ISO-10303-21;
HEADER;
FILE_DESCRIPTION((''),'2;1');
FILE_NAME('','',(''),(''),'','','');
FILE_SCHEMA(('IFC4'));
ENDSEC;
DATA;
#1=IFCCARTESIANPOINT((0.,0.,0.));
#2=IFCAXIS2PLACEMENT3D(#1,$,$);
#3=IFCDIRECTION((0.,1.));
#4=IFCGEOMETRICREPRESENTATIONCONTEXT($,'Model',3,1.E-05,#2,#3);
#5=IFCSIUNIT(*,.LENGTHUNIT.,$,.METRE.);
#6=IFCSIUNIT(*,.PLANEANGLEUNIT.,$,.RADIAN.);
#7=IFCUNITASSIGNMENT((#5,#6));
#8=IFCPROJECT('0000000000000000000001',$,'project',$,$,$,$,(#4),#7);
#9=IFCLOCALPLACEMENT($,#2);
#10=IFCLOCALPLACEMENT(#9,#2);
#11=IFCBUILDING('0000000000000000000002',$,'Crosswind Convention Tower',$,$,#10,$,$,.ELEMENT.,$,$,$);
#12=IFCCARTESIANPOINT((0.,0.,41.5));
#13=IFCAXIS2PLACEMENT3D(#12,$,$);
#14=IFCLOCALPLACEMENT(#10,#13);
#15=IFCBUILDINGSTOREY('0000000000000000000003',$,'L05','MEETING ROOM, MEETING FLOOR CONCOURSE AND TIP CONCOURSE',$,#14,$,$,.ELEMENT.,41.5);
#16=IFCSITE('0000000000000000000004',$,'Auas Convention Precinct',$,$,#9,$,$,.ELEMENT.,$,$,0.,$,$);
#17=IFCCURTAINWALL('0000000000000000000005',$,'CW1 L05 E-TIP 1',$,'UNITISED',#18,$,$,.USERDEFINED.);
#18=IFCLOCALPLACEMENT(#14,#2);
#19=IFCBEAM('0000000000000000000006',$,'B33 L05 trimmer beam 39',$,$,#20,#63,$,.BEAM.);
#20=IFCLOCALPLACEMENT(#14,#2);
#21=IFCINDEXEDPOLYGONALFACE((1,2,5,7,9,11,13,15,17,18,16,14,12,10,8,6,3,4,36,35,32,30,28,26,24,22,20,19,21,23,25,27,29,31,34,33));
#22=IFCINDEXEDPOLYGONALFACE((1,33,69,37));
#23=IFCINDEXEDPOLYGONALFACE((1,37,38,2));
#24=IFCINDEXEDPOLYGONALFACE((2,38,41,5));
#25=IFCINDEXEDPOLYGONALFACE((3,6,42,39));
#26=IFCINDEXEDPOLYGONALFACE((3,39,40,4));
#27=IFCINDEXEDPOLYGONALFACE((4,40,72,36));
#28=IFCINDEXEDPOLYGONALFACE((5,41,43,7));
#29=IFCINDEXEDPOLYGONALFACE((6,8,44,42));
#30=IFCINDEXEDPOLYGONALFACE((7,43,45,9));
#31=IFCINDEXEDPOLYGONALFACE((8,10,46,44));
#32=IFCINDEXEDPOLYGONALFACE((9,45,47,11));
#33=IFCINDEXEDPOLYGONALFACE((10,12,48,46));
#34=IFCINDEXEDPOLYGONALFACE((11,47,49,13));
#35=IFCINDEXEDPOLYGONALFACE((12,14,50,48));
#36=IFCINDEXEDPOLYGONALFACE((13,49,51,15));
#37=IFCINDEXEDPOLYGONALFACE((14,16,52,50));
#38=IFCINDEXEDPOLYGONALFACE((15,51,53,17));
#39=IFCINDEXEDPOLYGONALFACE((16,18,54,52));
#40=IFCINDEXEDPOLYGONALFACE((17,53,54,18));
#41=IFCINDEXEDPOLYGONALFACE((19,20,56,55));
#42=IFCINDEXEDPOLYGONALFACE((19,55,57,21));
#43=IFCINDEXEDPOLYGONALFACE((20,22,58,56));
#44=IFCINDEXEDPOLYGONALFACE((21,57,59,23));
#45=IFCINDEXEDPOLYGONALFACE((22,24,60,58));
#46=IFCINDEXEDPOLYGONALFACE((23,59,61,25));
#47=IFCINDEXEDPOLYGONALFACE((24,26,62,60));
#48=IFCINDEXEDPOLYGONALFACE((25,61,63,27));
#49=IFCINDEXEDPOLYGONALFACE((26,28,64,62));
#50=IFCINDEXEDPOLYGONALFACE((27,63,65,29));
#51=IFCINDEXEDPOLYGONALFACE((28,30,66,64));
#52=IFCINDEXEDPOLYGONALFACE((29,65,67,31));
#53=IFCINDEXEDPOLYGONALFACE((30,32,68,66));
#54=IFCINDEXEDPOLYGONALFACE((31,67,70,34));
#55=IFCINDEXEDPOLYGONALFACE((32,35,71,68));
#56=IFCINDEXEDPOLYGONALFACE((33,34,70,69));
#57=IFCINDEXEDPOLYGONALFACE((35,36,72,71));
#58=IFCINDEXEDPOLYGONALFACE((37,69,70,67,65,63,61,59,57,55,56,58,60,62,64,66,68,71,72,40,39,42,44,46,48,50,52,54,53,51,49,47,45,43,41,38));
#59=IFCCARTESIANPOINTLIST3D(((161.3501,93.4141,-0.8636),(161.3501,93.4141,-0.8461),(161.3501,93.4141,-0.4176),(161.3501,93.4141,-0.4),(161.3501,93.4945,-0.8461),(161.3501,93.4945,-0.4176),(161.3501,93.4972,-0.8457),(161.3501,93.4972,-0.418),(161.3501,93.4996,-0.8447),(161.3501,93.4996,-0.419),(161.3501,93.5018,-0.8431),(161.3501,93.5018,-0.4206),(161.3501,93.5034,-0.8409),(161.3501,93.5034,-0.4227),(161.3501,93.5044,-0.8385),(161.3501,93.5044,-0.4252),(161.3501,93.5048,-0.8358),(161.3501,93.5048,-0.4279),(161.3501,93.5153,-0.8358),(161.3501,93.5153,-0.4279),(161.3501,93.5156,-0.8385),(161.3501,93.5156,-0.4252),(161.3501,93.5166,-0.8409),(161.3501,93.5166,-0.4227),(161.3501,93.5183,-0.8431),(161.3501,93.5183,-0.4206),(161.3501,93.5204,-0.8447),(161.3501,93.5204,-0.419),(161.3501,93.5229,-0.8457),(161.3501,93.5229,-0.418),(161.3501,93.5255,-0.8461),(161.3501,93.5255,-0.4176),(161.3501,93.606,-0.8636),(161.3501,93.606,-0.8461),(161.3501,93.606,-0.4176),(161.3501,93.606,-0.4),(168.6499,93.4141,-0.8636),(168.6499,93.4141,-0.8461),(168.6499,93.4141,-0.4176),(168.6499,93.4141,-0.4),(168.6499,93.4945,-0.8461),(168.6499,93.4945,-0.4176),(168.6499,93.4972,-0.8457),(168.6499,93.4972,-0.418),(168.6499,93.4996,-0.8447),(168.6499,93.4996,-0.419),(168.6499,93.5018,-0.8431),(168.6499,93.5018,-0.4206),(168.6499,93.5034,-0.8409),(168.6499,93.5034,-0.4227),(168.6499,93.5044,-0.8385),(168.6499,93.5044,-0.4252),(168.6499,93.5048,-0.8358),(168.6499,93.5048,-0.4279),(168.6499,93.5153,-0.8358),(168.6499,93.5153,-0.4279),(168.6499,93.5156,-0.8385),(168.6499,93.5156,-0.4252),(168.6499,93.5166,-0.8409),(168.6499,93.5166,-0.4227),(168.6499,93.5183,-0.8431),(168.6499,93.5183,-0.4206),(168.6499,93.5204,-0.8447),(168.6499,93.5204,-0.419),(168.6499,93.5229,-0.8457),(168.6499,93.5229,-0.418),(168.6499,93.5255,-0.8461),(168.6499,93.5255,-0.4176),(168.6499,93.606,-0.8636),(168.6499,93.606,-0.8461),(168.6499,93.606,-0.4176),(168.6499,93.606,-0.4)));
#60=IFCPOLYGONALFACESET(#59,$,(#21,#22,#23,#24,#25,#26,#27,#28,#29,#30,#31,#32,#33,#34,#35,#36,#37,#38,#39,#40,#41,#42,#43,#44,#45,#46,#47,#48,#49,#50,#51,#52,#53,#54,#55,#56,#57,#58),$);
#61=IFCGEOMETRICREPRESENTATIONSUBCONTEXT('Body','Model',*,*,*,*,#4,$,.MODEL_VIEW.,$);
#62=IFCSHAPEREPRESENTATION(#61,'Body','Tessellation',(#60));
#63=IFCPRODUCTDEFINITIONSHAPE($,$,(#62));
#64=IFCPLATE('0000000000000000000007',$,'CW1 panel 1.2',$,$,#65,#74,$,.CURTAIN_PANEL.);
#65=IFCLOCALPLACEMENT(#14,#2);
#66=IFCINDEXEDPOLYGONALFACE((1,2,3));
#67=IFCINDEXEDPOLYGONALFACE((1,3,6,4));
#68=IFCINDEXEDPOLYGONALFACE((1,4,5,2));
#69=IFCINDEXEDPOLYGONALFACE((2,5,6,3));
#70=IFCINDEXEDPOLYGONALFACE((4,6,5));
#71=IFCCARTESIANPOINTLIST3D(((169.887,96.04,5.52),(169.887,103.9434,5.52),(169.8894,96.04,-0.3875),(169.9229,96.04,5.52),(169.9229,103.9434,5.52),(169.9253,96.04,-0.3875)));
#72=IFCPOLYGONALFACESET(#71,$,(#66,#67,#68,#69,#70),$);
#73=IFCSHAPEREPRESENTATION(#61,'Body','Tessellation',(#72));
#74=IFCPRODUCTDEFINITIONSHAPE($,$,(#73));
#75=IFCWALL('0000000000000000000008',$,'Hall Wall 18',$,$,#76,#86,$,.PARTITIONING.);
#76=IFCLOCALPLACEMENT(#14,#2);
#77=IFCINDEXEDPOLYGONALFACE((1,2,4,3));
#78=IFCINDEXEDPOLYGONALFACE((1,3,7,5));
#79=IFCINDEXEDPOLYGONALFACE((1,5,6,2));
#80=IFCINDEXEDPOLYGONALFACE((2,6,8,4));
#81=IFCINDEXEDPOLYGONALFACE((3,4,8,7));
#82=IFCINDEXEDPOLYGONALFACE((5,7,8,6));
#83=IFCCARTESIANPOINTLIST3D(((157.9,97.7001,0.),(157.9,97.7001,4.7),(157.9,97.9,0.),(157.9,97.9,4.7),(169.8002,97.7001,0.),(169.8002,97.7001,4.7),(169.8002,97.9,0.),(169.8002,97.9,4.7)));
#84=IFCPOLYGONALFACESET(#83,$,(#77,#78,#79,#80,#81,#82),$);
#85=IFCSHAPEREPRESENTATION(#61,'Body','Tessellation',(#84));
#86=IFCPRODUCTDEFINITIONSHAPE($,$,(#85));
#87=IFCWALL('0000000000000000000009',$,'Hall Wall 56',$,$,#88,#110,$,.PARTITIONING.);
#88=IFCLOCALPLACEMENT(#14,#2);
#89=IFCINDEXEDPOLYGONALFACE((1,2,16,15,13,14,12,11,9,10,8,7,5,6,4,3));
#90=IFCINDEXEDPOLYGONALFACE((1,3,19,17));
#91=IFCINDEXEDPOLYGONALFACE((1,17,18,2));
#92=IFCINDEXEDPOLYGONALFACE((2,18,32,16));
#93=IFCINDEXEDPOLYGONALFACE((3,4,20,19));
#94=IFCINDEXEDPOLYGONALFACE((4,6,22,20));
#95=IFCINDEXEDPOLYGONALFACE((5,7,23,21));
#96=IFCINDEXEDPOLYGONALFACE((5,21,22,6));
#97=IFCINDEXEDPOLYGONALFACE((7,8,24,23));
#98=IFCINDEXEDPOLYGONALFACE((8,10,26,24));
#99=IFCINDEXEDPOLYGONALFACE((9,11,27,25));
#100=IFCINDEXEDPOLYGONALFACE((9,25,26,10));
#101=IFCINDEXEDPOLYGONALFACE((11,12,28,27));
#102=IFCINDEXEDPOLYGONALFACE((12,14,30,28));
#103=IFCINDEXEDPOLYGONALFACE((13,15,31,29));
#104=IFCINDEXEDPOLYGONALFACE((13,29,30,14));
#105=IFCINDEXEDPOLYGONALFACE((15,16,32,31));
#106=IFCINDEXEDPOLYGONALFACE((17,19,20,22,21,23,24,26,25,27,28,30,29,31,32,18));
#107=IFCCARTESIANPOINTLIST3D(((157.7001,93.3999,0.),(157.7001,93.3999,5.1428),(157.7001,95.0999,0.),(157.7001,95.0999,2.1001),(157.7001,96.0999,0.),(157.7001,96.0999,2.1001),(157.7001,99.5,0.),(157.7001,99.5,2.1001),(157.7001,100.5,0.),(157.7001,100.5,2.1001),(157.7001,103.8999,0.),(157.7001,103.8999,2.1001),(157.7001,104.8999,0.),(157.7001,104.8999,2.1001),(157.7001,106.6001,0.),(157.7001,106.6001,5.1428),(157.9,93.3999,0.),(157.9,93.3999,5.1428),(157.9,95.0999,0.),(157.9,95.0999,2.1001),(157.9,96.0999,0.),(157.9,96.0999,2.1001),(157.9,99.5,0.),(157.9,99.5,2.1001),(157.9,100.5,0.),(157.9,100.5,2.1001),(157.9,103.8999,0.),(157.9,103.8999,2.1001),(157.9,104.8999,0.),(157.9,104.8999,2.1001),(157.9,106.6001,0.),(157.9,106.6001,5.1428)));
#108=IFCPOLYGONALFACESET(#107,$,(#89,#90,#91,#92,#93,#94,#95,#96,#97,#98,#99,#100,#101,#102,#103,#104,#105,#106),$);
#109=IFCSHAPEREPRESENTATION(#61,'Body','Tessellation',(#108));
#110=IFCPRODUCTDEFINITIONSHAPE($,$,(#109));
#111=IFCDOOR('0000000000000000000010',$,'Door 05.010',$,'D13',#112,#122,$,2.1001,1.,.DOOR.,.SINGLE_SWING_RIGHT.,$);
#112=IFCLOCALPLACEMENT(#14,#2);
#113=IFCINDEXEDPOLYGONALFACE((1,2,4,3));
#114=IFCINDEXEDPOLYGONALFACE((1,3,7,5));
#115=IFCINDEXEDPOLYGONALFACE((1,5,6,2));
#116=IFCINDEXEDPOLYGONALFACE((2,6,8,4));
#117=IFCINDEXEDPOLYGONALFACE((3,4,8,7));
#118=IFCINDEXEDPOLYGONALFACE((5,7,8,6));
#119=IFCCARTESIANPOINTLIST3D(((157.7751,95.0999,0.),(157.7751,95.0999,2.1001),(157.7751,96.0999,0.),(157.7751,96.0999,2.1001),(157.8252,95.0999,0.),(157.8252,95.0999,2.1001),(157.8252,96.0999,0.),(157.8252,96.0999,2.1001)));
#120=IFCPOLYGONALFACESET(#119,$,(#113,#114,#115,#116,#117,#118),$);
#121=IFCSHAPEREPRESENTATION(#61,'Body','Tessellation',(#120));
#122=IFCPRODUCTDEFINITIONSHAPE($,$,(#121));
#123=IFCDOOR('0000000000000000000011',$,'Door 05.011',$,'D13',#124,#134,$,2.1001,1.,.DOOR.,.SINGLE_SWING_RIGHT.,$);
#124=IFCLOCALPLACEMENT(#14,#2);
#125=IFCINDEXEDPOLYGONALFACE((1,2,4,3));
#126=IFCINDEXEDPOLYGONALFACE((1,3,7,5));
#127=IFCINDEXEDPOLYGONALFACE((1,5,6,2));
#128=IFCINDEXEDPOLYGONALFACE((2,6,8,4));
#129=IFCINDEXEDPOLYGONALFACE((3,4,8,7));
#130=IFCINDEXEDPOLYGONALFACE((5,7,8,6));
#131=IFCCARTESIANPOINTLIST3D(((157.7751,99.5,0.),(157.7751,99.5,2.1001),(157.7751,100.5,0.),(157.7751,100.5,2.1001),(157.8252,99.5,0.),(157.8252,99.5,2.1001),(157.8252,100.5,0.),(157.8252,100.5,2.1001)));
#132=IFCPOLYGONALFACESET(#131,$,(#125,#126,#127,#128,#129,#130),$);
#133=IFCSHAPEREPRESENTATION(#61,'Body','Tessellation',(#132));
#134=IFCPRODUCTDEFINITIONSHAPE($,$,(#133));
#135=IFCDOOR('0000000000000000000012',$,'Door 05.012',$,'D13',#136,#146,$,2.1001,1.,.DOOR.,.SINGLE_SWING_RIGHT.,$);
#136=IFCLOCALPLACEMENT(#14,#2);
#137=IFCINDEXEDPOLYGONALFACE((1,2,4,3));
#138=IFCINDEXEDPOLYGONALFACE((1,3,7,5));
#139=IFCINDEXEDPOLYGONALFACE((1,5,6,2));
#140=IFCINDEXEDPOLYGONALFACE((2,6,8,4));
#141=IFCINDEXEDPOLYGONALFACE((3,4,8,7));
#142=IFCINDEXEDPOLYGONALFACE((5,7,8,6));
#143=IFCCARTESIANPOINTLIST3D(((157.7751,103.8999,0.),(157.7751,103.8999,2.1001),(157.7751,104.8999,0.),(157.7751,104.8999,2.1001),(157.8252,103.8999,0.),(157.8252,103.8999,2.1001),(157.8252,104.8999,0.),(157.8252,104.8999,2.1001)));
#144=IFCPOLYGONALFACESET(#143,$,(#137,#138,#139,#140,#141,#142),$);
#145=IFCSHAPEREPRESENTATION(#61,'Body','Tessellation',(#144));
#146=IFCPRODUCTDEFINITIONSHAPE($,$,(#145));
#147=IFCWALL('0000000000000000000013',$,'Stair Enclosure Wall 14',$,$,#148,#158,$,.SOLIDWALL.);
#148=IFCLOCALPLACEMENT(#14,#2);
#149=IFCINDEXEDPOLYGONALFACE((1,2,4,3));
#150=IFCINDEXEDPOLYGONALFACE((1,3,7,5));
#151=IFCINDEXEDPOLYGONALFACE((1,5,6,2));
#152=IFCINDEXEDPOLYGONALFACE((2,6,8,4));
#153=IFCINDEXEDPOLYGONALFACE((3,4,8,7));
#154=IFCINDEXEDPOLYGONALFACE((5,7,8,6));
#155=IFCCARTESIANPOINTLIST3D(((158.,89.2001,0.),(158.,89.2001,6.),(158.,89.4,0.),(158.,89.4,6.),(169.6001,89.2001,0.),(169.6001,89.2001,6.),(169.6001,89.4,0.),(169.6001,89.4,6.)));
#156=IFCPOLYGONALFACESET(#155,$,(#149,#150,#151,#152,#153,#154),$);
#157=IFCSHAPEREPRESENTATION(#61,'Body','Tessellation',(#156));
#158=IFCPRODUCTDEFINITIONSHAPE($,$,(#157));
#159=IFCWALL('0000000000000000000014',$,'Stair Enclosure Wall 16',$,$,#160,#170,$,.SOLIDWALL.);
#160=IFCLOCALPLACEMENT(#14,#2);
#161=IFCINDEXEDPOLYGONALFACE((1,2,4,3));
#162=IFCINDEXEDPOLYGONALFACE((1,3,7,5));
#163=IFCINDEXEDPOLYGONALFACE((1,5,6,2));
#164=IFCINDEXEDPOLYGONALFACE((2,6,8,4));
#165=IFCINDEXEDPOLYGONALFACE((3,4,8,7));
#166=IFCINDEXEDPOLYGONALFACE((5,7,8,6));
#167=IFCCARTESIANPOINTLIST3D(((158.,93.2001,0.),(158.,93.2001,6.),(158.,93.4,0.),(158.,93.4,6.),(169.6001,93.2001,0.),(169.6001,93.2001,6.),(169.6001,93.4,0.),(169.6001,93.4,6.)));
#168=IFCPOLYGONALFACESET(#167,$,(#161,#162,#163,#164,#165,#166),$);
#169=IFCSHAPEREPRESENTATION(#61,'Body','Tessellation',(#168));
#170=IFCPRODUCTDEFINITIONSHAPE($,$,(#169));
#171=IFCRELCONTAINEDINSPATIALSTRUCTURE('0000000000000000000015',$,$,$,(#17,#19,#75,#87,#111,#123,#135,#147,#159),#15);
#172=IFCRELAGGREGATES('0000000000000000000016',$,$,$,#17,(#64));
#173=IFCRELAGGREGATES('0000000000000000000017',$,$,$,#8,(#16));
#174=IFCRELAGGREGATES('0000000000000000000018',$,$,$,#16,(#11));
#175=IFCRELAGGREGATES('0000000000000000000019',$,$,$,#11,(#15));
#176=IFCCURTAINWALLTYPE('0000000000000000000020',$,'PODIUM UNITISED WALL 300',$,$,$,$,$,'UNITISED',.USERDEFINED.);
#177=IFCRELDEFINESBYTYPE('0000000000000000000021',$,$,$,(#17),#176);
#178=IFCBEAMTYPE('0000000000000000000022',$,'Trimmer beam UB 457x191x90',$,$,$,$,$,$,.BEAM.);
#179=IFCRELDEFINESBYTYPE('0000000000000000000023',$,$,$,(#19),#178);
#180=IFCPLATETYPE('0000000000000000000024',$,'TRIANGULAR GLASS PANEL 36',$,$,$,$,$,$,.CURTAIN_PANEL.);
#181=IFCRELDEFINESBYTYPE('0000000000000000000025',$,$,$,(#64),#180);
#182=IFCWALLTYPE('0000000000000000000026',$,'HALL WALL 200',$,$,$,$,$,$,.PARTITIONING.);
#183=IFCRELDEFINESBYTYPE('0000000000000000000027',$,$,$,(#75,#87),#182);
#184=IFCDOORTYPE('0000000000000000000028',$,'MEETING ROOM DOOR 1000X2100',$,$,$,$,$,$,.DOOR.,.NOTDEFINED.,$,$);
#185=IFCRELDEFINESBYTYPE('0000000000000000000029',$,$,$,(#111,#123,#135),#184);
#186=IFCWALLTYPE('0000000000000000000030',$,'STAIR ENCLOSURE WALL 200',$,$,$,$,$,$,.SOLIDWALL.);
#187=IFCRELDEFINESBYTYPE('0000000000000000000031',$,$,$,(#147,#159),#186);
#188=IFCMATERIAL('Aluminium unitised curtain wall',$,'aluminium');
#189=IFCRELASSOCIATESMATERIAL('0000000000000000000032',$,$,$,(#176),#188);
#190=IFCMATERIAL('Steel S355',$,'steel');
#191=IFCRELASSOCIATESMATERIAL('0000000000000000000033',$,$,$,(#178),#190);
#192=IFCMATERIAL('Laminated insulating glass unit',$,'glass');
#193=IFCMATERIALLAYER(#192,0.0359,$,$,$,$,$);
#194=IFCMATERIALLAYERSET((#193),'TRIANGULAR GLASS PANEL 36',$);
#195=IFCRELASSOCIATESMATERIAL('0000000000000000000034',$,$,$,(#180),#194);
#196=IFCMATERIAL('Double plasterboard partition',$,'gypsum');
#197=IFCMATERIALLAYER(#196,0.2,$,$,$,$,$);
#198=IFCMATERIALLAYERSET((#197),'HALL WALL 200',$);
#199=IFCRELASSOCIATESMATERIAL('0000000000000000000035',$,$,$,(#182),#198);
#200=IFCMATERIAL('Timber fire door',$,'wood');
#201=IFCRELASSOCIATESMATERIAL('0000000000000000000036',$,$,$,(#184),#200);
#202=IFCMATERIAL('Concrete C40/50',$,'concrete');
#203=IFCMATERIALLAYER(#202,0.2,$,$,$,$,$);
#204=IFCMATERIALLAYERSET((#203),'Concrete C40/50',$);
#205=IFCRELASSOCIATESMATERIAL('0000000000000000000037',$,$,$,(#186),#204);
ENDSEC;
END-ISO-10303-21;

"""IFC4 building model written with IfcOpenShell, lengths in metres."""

from ifc_helpers import new_model, si_unit, direction, frame, frame_2d, origin, origin_2d, place, context, subcontext, project, spatial, polyline, rectangle, i_section, outline, extrude, material, layer, layer_set, material_profile, profile_set, type_object, element, fill, aggregate, save


model = new_model("IFC4")

# Units and contexts
model_context = context("Model", 3, precision=1e-05, world=origin(), true_north=direction((0.0, 1.0)))
body_context = subcontext(model_context, "Body", "Model", "MODEL_VIEW")
ifc_project = project(units=[si_unit("LENGTHUNIT", "METRE"), si_unit("PLANEANGLEUNIT", "RADIAN")], contexts=[model_context])

# Site, building, storey
site_placement = place(None, origin())
site = spatial("IfcSite", under=ifc_project, at=site_placement, Name="Auas Convention Precinct", CompositionType="ELEMENT", RefElevation=0.0)
building_placement = place(site_placement, origin())
building = spatial("IfcBuilding", under=site, at=building_placement, Name="Crosswind Convention Tower", CompositionType="ELEMENT")
storey_placement = place(building_placement, frame((0.0, 0.0, 41.5)))
storey = spatial("IfcBuildingStorey", under=building, at=storey_placement, Name="L05", Description="MEETING ROOM, MEETING FLOOR CONCOURSE AND TIP CONCOURSE", CompositionType="ELEMENT", Elevation=41.5)

# Curtain wall
ifc_material_1 = material(Name="Aluminium unitised curtain wall", Category="aluminium")
curtain_wall_type = type_object("IfcCurtainWallType", Name="PODIUM UNITISED WALL 300", ElementType="UNITISED", PredefinedType="USERDEFINED", material=ifc_material_1)
curtain_wall_placement = place(storey_placement, origin())
curtain_wall = element("IfcCurtainWall", 1, at=curtain_wall_placement, inside=storey, type_object=curtain_wall_type, Name="CW1 L05 E-TIP 1", ObjectType="UNITISED", PredefinedType="USERDEFINED")

# Shared definitions
ifc_material_2 = material(Name="Steel S355", Category="steel")

# Beam
ifc_material_profile_1 = material_profile(ifc_material_2, i_section(OverallWidth=0.1919, OverallDepth=0.4636, WebThickness=0.0105, FlangeThickness=0.0176, FilletRadius=0.0103, at=origin_2d()), Name="UB 457x191x90")
ifc_profile_set_1 = profile_set([ifc_material_profile_1], Name="Steel S355")
beam_type_1 = type_object("IfcBeamType", Name="Trimmer beam UB 457x191x90", PredefinedType="BEAM", material=ifc_profile_set_1)
beam_1_placement = place(storey_placement, frame((161.3501, 93.51, -0.6318), z_axis=(1.0, 0.0, 0.0), x_axis=(0.0, 1.0, 0.0)))
element("IfcBeam", 2, at=beam_1_placement, inside=storey, type_object=beam_type_1, Name="B33 L05 trimmer beam 39", PredefinedType="BEAM", context=body_context, shape_type="SweptSolid", body=[
    extrude(i_section(OverallWidth=0.1919, OverallDepth=0.4636, WebThickness=0.0105, FlangeThickness=0.0176, FilletRadius=0.0103, at=origin_2d()), origin(), (0.0, 0.0, 1.0), 7.2998),
])

# Plate
ifc_material_3 = material(Name="Laminated insulating glass unit", Category="glass")
ifc_layer_1 = layer(ifc_material_3, 0.0359)
ifc_layer_set_1 = layer_set([ifc_layer_1], Name="TRIANGULAR GLASS PANEL 36")
plate_type = type_object("IfcPlateType", Name="TRIANGULAR GLASS PANEL 36", PredefinedType="CURTAIN_PANEL", material=ifc_layer_set_1)
plate_placement = place(storey_placement, frame((169.9229, 96.04, 5.52), z_axis=(1.0, 0.0, 0.000413), x_axis=(0.000413, 0.0, -1.0)))
plate = element("IfcPlate", 3, at=plate_placement, type_object=plate_type, Name="CW1 panel 1.2", PredefinedType="CURTAIN_PANEL", context=body_context, shape_type="SweptSolid", body=[
    extrude(outline(polyline([(0.0, 0.0), (5.9075, 0.0), (0.0, 7.9033), (0.0, 0.0)])), origin(), (0.0, 0.0, -1.0), 0.0359),
])

# Wall
ifc_material_4 = material(Name="Double plasterboard partition", Category="gypsum")
ifc_layer_2 = layer(ifc_material_4, 0.2)
ifc_layer_set_2 = layer_set([ifc_layer_2], Name="HALL WALL 200")
wall_type_1 = type_object("IfcWallType", Name="HALL WALL 200", PredefinedType="PARTITIONING", material=ifc_layer_set_2)
wall_1_placement = place(storey_placement, frame((157.8999, 97.8, 0.0), z_axis=(0.0, 0.0, 1.0), x_axis=(1.0, 0.0, 0.0)))
element("IfcWall", 4, at=wall_1_placement, inside=storey, type_object=wall_type_1, Name="Hall Wall 18", PredefinedType="PARTITIONING", context=body_context, shape_type="SweptSolid", body=[
    extrude(rectangle(XDim=11.9001, YDim=0.2, at=frame_2d((5.9502, 0.0))), origin(), (0.0, 0.0, 1.0), 4.7),
])

# Wall, openings, doors
wall_2_placement = place(storey_placement, frame((157.8, 93.3999, 0.0), z_axis=(0.0, 0.0, 1.0), x_axis=(0.0, 1.0, 0.0)))
wall_2 = element("IfcWall", 5, at=wall_2_placement, inside=storey, type_object=wall_type_1, Name="Hall Wall 56", PredefinedType="PARTITIONING", context=body_context, shape_type="SweptSolid", body=[
    extrude(rectangle(XDim=13.2002, YDim=0.2, at=frame_2d((6.6001, 0.0))), origin(), (0.0, 0.0, 1.0), 5.1428),
])
opening_1_placement = place(wall_2_placement, frame((1.7, 0.0, 0.0)))
opening_1 = element("IfcOpeningElement", 6, at=opening_1_placement, cuts=wall_2, PredefinedType="OPENING", context=body_context, shape_type="SweptSolid", body=[
    extrude(rectangle(XDim=1.0, YDim=2.1001, at=frame_2d((0.5, 1.05))), frame((0.0, 0.1099, 0.0), z_axis=(0.0, -1.0, 0.0), x_axis=(1.0, 0.0, 0.0)), (0.0, 0.0, 1.0), 0.22),
])
opening_2_placement = place(wall_2_placement, frame((6.1001, 0.0, 0.0)))
opening_2 = element("IfcOpeningElement", 7, at=opening_2_placement, cuts=wall_2, PredefinedType="OPENING", context=body_context, shape_type="SweptSolid", body=[
    extrude(rectangle(XDim=1.0, YDim=2.1001, at=frame_2d((0.5, 1.05))), frame((0.0, 0.1099, 0.0), z_axis=(0.0, -1.0, 0.0), x_axis=(1.0, 0.0, 0.0)), (0.0, 0.0, 1.0), 0.22),
])
opening_3_placement = place(wall_2_placement, frame((10.5, 0.0, 0.0)))
opening_3 = element("IfcOpeningElement", 8, at=opening_3_placement, cuts=wall_2, PredefinedType="OPENING", context=body_context, shape_type="SweptSolid", body=[
    extrude(rectangle(XDim=1.0, YDim=2.1001, at=frame_2d((0.5, 1.05))), frame((0.0, 0.1099, 0.0), z_axis=(0.0, -1.0, 0.0), x_axis=(1.0, 0.0, 0.0)), (0.0, 0.0, 1.0), 0.22),
])
ifc_material_5 = material(Name="Timber fire door", Category="wood")
door_type_1 = type_object("IfcDoorType", Name="MEETING ROOM DOOR 1000X2100", OperationType="NOTDEFINED", PredefinedType="DOOR", material=ifc_material_5)
door_1_placement = place(opening_1_placement, origin())
door_1 = element("IfcDoor", 9, at=door_1_placement, inside=storey, type_object=door_type_1, Name="Door 05.010", ObjectType="D13", OperationType="SINGLE_SWING_RIGHT", OverallHeight=2.1001, OverallWidth=1.0, PredefinedType="DOOR", context=body_context, shape_type="SweptSolid", body=[
    extrude(rectangle(XDim=1.0, YDim=2.1001, at=frame_2d((0.5, 1.05))), frame((0.0, 0.0249, 0.0), z_axis=(0.0, -1.0, 0.0), x_axis=(1.0, 0.0, 0.0)), (0.0, 0.0, 1.0), 0.05),
])
fill(opening_1, door_1)
door_2_placement = place(opening_2_placement, origin())
door_2 = element("IfcDoor", 10, at=door_2_placement, inside=storey, type_object=door_type_1, Name="Door 05.011", ObjectType="D13", OperationType="SINGLE_SWING_RIGHT", OverallHeight=2.1001, OverallWidth=1.0, PredefinedType="DOOR", context=body_context, shape_type="SweptSolid", body=[
    extrude(rectangle(XDim=1.0, YDim=2.1001, at=frame_2d((0.5, 1.05))), frame((0.0, 0.0249, 0.0), z_axis=(0.0, -1.0, 0.0), x_axis=(1.0, 0.0, 0.0)), (0.0, 0.0, 1.0), 0.05),
])
fill(opening_2, door_2)
door_3_placement = place(opening_3_placement, origin())
door_3 = element("IfcDoor", 11, at=door_3_placement, inside=storey, type_object=door_type_1, Name="Door 05.012", ObjectType="D13", OperationType="SINGLE_SWING_RIGHT", OverallHeight=2.1001, OverallWidth=1.0, PredefinedType="DOOR", context=body_context, shape_type="SweptSolid", body=[
    extrude(rectangle(XDim=1.0, YDim=2.1001, at=frame_2d((0.5, 1.05))), frame((0.0, 0.0249, 0.0), z_axis=(0.0, -1.0, 0.0), x_axis=(1.0, 0.0, 0.0)), (0.0, 0.0, 1.0), 0.05),
])
fill(opening_3, door_3)

# Walls
ifc_material_6 = material(Name="Concrete C40/50", Category="concrete")
ifc_layer_3 = layer(ifc_material_6, 0.2)
ifc_layer_set_3 = layer_set([ifc_layer_3], Name="Concrete C40/50")
wall_type_2 = type_object("IfcWallType", Name="STAIR ENCLOSURE WALL 200", PredefinedType="SOLIDWALL", material=ifc_layer_set_3)
for number, where, z_axis, x_axis, name in (
    (12, (158.0, 89.3, 0.0), (0.0, 0.0, 1.0), (1.0, 0.0, 0.0), "Stair Enclosure Wall 14"),
    (13, (158.0, 93.3, 0.0), (0.0, 0.0, 1.0), (1.0, 0.0, 0.0), "Stair Enclosure Wall 16"),
):
    element("IfcWall", number, at=place(storey_placement, frame(where, z_axis=z_axis, x_axis=x_axis)), inside=storey, type_object=wall_type_2, Name=name, PredefinedType="SOLIDWALL", context=body_context, shape_type="SweptSolid", body=[
        extrude(rectangle(XDim=11.6001, YDim=0.2, at=frame_2d((5.8, 0.0))), origin(), (0.0, 0.0, 1.0), 6.0),
    ])

aggregate(curtain_wall, [plate])

save(model, "model.ifc")
